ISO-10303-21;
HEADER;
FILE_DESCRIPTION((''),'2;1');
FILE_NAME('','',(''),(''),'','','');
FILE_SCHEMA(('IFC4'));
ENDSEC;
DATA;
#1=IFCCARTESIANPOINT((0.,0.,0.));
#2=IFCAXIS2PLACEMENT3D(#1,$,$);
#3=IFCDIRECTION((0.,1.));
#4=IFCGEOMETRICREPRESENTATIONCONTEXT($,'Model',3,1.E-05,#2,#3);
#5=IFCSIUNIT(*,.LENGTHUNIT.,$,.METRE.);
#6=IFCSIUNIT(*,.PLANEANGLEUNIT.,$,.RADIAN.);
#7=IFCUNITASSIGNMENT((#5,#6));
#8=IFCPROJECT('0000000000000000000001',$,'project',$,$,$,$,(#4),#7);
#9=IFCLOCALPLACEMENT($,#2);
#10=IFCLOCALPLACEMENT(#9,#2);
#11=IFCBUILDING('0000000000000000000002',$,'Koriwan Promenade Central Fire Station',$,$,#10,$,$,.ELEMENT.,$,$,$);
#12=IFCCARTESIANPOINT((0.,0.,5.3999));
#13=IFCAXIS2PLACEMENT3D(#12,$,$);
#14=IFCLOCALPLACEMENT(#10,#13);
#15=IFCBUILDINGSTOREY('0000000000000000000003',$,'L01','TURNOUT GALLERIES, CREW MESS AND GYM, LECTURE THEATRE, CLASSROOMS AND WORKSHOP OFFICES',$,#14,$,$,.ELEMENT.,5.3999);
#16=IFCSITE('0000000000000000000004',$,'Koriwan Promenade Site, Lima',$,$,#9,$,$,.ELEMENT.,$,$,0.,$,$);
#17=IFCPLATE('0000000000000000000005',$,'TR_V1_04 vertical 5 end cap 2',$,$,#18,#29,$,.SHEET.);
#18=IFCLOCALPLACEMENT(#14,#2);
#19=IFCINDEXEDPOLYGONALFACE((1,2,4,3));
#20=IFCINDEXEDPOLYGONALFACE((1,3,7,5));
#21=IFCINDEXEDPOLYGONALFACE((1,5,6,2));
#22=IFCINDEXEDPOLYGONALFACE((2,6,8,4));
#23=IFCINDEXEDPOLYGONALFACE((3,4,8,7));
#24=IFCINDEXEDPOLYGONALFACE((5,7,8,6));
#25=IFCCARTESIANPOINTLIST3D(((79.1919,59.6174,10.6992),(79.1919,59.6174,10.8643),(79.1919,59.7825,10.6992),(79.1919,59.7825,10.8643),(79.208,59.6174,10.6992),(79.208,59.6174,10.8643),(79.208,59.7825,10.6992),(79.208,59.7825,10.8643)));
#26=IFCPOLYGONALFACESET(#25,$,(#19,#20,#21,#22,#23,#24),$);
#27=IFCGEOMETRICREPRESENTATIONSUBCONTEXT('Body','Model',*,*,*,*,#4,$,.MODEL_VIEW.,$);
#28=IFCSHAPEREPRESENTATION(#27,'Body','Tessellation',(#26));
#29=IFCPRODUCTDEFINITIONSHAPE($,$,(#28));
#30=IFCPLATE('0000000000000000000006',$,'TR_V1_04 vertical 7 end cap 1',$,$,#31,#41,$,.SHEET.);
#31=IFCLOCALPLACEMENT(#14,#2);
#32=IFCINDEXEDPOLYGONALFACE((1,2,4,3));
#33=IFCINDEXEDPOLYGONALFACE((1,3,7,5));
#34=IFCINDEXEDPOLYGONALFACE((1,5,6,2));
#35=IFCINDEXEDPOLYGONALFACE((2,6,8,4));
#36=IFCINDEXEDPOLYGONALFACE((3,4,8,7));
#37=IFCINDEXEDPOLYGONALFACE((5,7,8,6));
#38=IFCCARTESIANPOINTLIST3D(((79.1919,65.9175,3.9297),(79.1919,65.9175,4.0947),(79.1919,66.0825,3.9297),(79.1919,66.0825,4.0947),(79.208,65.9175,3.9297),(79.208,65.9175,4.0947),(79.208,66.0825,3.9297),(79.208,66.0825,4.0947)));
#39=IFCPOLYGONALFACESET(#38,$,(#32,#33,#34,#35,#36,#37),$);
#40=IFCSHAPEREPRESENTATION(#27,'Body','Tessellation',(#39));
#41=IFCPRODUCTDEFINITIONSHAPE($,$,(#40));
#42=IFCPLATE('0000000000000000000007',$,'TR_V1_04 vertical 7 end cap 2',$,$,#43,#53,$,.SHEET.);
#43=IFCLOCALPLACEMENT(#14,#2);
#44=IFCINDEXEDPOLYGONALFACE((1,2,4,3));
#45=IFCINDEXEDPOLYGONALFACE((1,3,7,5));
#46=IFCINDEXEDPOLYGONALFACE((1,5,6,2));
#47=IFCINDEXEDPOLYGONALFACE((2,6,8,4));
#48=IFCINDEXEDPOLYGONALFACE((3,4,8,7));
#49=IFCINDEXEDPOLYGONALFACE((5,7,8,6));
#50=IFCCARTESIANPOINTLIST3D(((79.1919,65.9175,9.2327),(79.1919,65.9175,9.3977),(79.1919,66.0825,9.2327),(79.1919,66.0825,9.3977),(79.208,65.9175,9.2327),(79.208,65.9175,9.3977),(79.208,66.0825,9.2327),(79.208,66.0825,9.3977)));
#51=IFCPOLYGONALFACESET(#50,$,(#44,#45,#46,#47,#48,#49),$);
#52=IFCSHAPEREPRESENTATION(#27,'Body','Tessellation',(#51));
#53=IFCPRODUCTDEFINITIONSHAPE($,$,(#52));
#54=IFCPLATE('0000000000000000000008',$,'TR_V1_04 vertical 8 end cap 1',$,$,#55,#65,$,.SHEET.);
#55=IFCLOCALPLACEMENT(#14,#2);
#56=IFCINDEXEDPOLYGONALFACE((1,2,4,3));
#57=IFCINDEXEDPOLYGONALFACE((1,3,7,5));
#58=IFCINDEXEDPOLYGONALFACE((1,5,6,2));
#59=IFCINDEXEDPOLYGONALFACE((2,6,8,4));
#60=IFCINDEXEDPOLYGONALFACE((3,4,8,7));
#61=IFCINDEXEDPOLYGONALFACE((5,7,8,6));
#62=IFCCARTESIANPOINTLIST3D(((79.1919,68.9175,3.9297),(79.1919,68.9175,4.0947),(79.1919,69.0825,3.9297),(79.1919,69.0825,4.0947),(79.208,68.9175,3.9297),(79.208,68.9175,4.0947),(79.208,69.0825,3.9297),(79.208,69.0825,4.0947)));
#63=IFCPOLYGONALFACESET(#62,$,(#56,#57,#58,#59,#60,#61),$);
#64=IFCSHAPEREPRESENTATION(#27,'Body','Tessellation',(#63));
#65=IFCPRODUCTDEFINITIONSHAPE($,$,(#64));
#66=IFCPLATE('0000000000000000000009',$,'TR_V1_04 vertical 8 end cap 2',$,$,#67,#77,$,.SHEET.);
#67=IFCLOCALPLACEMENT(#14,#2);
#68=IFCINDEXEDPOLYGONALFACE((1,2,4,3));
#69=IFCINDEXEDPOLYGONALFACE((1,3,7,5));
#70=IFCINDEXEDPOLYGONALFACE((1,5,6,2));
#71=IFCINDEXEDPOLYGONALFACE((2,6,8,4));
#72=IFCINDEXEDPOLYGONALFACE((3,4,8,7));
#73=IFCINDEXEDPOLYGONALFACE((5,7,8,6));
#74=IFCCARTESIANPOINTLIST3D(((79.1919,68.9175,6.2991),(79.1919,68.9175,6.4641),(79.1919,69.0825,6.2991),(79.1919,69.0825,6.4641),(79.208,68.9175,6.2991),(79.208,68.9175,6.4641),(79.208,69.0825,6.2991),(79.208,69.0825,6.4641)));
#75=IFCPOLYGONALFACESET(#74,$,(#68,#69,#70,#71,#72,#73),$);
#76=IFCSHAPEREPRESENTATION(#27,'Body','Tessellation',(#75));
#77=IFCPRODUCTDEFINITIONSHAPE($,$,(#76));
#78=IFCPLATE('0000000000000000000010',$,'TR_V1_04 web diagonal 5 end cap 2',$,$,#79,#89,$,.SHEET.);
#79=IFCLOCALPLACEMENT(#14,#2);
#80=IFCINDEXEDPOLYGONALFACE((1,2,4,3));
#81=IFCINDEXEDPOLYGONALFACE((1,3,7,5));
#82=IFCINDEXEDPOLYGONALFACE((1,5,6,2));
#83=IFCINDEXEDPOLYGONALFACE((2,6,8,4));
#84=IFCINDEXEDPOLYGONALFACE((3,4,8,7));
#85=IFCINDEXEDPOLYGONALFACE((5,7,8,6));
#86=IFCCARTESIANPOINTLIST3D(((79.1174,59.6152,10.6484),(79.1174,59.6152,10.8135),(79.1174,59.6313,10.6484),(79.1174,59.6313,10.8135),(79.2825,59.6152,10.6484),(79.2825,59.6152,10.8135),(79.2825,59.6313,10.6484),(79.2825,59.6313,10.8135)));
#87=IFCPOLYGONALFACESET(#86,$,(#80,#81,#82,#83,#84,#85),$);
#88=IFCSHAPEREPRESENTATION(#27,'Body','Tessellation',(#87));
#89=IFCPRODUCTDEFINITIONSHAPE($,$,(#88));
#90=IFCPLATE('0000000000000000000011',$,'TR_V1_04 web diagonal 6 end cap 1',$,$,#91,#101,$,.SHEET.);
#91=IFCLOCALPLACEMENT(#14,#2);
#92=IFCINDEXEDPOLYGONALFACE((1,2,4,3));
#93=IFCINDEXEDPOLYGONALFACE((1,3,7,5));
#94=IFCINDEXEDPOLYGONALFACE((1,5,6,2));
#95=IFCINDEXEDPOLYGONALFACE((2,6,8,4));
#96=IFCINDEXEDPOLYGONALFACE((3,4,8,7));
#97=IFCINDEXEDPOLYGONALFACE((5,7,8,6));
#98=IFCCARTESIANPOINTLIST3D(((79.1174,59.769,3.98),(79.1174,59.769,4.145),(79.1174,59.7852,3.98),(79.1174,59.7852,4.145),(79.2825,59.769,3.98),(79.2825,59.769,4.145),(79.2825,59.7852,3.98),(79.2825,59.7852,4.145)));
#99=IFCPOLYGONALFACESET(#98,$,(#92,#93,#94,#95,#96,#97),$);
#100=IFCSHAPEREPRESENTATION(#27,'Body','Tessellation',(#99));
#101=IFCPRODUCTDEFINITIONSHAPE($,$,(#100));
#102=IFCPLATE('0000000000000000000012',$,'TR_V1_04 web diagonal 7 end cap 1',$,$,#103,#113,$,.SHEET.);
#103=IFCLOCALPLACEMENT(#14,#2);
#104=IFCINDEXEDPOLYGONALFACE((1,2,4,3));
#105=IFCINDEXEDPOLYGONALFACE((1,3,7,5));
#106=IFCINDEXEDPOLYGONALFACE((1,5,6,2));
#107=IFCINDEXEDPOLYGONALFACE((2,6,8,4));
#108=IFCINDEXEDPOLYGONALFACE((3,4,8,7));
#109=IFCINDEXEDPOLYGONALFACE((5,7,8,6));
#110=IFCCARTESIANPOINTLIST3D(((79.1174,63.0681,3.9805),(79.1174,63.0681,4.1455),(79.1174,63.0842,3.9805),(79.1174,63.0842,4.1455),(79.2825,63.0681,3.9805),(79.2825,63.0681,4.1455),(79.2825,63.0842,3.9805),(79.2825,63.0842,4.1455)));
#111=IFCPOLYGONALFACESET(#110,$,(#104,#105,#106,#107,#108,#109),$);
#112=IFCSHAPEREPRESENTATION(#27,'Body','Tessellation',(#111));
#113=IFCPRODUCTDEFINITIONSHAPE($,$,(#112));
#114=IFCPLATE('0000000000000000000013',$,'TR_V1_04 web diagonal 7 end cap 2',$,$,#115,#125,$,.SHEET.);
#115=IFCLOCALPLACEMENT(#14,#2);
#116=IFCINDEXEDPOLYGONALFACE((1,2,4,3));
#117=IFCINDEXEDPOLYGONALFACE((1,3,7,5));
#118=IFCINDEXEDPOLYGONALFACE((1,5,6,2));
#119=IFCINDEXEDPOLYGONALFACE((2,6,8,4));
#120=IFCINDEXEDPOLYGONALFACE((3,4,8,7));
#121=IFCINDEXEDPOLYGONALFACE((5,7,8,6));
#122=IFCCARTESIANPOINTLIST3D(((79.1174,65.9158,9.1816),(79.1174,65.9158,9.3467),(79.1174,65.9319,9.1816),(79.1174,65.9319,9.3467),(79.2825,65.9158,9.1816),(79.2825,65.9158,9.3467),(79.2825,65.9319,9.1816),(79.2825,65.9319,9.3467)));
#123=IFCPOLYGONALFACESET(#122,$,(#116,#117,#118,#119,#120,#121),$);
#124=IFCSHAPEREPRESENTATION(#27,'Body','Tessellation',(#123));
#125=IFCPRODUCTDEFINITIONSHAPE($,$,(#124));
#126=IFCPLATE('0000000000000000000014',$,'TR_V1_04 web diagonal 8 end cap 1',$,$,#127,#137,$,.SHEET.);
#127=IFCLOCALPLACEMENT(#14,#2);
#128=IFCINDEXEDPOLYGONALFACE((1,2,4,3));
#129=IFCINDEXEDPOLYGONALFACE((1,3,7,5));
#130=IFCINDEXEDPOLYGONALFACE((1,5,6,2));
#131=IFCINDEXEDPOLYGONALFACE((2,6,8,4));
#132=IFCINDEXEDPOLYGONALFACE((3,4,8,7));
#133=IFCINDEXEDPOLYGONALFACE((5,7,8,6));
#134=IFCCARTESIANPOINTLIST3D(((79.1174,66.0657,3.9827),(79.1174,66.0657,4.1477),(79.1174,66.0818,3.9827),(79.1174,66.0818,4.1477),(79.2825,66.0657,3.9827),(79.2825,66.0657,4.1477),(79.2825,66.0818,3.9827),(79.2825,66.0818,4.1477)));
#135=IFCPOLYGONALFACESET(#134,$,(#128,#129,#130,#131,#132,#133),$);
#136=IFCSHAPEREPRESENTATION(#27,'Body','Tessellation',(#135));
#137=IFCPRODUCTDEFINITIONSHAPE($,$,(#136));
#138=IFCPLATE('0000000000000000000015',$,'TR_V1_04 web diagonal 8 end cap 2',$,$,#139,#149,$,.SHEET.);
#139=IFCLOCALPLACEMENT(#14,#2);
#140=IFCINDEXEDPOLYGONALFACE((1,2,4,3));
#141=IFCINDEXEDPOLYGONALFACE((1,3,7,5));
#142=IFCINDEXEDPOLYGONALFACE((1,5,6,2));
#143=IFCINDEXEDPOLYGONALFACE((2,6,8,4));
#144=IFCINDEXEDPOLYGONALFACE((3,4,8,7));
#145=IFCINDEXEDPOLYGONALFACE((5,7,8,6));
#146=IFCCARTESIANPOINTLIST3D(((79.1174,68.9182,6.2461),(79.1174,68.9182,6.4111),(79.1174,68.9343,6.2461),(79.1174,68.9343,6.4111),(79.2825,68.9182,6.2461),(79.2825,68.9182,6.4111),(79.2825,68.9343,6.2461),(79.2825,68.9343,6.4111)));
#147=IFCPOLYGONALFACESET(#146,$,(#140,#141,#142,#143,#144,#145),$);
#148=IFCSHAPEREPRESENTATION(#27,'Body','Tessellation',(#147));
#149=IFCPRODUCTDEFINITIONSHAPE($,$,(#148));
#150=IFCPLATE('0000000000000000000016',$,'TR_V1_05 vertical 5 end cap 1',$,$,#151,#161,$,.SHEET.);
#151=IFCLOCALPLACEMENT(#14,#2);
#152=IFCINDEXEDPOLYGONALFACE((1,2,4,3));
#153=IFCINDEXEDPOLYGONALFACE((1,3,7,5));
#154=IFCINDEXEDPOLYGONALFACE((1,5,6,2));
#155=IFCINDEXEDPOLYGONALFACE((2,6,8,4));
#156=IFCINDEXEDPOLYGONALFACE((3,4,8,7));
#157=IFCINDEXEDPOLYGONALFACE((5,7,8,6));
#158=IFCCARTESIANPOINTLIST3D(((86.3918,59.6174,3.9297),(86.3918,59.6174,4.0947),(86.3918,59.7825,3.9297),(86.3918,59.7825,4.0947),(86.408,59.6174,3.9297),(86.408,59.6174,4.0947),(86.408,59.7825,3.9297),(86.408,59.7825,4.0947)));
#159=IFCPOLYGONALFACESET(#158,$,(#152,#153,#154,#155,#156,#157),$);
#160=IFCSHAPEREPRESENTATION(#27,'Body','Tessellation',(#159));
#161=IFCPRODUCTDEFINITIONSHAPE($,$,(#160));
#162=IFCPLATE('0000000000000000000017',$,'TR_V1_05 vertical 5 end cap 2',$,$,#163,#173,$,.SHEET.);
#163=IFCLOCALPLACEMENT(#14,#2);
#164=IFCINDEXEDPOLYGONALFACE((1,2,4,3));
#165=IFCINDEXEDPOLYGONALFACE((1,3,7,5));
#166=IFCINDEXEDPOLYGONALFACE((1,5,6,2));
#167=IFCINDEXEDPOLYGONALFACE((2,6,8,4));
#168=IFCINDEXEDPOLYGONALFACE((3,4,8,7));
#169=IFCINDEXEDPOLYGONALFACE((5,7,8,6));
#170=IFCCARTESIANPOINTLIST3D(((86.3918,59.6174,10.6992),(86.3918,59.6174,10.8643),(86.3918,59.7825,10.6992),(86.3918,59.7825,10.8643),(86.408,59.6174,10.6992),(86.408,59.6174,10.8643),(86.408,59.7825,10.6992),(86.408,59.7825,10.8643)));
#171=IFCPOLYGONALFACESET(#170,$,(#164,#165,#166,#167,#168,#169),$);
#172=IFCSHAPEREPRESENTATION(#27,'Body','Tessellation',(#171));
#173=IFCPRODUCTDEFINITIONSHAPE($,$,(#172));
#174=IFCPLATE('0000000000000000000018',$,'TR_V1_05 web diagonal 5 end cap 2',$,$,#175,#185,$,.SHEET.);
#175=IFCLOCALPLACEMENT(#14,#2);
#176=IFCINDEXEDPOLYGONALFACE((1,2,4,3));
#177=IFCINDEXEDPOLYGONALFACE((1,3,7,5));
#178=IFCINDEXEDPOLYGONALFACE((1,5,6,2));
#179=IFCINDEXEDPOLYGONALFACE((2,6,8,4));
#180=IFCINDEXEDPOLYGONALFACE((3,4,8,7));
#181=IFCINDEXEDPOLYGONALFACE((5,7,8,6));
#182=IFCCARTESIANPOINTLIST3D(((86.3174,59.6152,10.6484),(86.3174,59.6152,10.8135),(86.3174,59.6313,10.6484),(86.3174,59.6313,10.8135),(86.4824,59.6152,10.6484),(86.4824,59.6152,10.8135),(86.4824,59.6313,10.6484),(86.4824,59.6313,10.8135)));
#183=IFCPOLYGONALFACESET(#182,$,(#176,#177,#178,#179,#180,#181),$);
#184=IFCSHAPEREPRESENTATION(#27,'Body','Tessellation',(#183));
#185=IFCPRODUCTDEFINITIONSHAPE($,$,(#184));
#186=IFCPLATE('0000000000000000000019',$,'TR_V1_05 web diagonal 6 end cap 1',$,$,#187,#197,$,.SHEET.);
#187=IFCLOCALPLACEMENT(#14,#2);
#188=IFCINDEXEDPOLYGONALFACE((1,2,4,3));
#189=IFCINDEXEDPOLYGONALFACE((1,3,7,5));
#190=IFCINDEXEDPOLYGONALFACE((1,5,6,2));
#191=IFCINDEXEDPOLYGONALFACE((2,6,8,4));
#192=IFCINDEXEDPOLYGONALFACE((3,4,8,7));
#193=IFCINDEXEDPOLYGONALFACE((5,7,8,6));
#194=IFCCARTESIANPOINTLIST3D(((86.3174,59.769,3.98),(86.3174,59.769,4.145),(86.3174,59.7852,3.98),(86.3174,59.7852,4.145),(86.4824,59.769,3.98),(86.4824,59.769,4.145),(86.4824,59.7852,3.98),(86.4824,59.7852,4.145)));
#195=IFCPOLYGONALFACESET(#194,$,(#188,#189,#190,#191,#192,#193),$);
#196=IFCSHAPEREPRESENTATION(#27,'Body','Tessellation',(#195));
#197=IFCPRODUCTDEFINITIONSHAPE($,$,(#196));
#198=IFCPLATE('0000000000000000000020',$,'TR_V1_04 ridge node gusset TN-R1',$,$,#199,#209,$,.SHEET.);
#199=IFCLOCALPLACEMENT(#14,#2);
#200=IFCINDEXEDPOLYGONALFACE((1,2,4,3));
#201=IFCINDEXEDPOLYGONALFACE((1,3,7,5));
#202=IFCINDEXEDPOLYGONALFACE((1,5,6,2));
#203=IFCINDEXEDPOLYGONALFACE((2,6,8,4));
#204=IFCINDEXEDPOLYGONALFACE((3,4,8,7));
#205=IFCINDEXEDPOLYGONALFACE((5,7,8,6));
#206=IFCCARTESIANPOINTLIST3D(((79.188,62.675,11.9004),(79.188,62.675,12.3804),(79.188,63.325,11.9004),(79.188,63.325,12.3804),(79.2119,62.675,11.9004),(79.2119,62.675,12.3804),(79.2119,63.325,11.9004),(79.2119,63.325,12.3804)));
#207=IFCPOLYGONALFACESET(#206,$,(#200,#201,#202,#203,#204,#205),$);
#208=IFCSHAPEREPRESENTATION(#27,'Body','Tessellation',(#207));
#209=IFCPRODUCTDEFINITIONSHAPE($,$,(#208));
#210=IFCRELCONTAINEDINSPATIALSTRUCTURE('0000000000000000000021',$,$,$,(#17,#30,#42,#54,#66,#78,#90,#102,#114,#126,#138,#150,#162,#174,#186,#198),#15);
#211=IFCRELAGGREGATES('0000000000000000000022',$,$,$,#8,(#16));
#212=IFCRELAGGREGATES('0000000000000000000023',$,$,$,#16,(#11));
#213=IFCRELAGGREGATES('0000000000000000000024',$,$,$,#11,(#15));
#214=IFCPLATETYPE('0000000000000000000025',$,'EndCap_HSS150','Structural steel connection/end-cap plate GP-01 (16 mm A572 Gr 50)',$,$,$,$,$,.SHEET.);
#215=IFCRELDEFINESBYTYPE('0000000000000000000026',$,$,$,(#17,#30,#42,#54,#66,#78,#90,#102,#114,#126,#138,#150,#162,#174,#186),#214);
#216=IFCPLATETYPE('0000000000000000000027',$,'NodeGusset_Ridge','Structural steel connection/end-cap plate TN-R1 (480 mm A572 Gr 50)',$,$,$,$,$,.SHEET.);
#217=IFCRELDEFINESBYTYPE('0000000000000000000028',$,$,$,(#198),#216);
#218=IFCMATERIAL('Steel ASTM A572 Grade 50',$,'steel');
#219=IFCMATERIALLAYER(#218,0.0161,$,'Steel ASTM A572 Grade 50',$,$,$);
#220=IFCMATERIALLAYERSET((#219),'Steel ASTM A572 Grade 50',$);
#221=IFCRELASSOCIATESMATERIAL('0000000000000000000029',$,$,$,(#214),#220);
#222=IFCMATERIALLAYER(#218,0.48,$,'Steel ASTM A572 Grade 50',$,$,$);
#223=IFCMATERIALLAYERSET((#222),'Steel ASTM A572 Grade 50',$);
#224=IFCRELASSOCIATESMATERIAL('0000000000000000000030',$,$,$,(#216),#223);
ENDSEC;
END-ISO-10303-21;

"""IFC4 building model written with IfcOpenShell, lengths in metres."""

from ifc_helpers import new_model, si_unit, direction, frame, origin, origin_2d, place, context, subcontext, project, spatial, rectangle, extrude, material, layer, layer_set, type_object, element, save


model = new_model("IFC4")

# Units and contexts
model_context = context("Model", 3, precision=1e-05, world=origin(), true_north=direction((0.0, 1.0)))
body_context = subcontext(model_context, "Body", "Model", "MODEL_VIEW")
ifc_project = project(units=[si_unit("LENGTHUNIT", "METRE"), si_unit("PLANEANGLEUNIT", "RADIAN")], contexts=[model_context])

# Site, building, storey
site_placement = place(None, origin())
site = spatial("IfcSite", under=ifc_project, at=site_placement, Name="Koriwan Promenade Site, Lima", CompositionType="ELEMENT", RefElevation=0.0)
building_placement = place(site_placement, origin())
building = spatial("IfcBuilding", under=site, at=building_placement, Name="Koriwan Promenade Central Fire Station", CompositionType="ELEMENT")
storey_placement = place(building_placement, frame((0.0, 0.0, 5.3999)))
storey = spatial("IfcBuildingStorey", under=building, at=storey_placement, Name="L01", Description="TURNOUT GALLERIES, CREW MESS AND GYM, LECTURE THEATRE, CLASSROOMS AND WORKSHOP OFFICES", CompositionType="ELEMENT", Elevation=5.3999)

# Plates
ifc_material_1 = material(Name="Steel ASTM A572 Grade 50", Category="steel")
ifc_layer_1 = layer(ifc_material_1, 0.0161, Name="Steel ASTM A572 Grade 50")
ifc_layer_set_1 = layer_set([ifc_layer_1], Name="Steel ASTM A572 Grade 50")
plate_type_1 = type_object("IfcPlateType", Name="EndCap_HSS150", Description="Structural steel connection/end-cap plate GP-01 (16 mm A572 Gr 50)", PredefinedType="SHEET", material=ifc_layer_set_1)
for number, where, z_axis, x_axis, name in (
    (1, (79.2, 59.7, 10.6992), (0.0, 0.0, 1.0), (1.0, 0.0, 0.0), "TR_V1_04 vertical 5 end cap 2"),
    (2, (79.2, 66.0, 3.9297), (0.0, 0.0, 1.0), (1.0, 0.0, 0.0), "TR_V1_04 vertical 7 end cap 1"),
    (3, (79.2, 66.0, 9.2327), (0.0, 0.0, 1.0), (1.0, 0.0, 0.0), "TR_V1_04 vertical 7 end cap 2"),
    (4, (79.2, 69.0, 3.9297), (0.0, 0.0, 1.0), (1.0, 0.0, 0.0), "TR_V1_04 vertical 8 end cap 1"),
    (5, (79.2, 69.0, 6.2991), (0.0, 0.0, 1.0), (1.0, 0.0, 0.0), "TR_V1_04 vertical 8 end cap 2"),
    (6, (79.2, 59.6233, 10.6484), (0.0, 0.0, 1.0), (0.0, 1.0, 0.0), "TR_V1_04 web diagonal 5 end cap 2"),
    (7, (79.2, 59.7771, 3.98), (0.0, 0.0, 1.0), (0.0, 1.0, 0.0), "TR_V1_04 web diagonal 6 end cap 1"),
    (8, (79.2, 63.0762, 3.9805), (0.0, 0.0, 1.0), (0.0, 1.0, 0.0), "TR_V1_04 web diagonal 7 end cap 1"),
    (9, (79.2, 65.9238, 9.1816), (0.0, 0.0, 1.0), (0.0, 1.0, 0.0), "TR_V1_04 web diagonal 7 end cap 2"),
    (10, (79.2, 66.0737, 3.9827), (0.0, 0.0, 1.0), (0.0, 1.0, 0.0), "TR_V1_04 web diagonal 8 end cap 1"),
    (11, (79.2, 68.9263, 6.2461), (0.0, 0.0, 1.0), (0.0, 1.0, 0.0), "TR_V1_04 web diagonal 8 end cap 2"),
    (12, (86.3999, 59.7, 3.9297), (0.0, 0.0, 1.0), (1.0, 0.0, 0.0), "TR_V1_05 vertical 5 end cap 1"),
    (13, (86.3999, 59.7, 10.6992), (0.0, 0.0, 1.0), (1.0, 0.0, 0.0), "TR_V1_05 vertical 5 end cap 2"),
    (14, (86.3999, 59.6233, 10.6484), (0.0, 0.0, 1.0), (0.0, 1.0, 0.0), "TR_V1_05 web diagonal 5 end cap 2"),
    (15, (86.3999, 59.7771, 3.98), (0.0, 0.0, 1.0), (0.0, 1.0, 0.0), "TR_V1_05 web diagonal 6 end cap 1"),
):
    element("IfcPlate", number, at=place(storey_placement, frame(where, z_axis=z_axis, x_axis=x_axis)), inside=storey, type_object=plate_type_1, Name=name, PredefinedType="SHEET", context=body_context, shape_type="SweptSolid", body=[
        extrude(rectangle(XDim=0.0161, YDim=0.165, at=origin_2d()), origin(), (0.0, 0.0, 1.0), 0.165),
    ])
ifc_layer_2 = layer(ifc_material_1, 0.48, Name="Steel ASTM A572 Grade 50")
ifc_layer_set_2 = layer_set([ifc_layer_2], Name="Steel ASTM A572 Grade 50")
plate_type_2 = type_object("IfcPlateType", Name="NodeGusset_Ridge", Description="Structural steel connection/end-cap plate TN-R1 (480 mm A572 Gr 50)", PredefinedType="SHEET", material=ifc_layer_set_2)
plate_placement = place(storey_placement, frame((79.2, 63.0, 11.9004), z_axis=(0.0, 0.0, 1.0), x_axis=(1.0, 0.0, 0.0)))
element("IfcPlate", 16, at=plate_placement, inside=storey, type_object=plate_type_2, Name="TR_V1_04 ridge node gusset TN-R1", PredefinedType="SHEET", context=body_context, shape_type="SweptSolid", body=[
    extrude(rectangle(XDim=0.0239, YDim=0.6499, at=origin_2d()), origin(), (0.0, 0.0, 1.0), 0.48),
])

save(model, "model.ifc")
